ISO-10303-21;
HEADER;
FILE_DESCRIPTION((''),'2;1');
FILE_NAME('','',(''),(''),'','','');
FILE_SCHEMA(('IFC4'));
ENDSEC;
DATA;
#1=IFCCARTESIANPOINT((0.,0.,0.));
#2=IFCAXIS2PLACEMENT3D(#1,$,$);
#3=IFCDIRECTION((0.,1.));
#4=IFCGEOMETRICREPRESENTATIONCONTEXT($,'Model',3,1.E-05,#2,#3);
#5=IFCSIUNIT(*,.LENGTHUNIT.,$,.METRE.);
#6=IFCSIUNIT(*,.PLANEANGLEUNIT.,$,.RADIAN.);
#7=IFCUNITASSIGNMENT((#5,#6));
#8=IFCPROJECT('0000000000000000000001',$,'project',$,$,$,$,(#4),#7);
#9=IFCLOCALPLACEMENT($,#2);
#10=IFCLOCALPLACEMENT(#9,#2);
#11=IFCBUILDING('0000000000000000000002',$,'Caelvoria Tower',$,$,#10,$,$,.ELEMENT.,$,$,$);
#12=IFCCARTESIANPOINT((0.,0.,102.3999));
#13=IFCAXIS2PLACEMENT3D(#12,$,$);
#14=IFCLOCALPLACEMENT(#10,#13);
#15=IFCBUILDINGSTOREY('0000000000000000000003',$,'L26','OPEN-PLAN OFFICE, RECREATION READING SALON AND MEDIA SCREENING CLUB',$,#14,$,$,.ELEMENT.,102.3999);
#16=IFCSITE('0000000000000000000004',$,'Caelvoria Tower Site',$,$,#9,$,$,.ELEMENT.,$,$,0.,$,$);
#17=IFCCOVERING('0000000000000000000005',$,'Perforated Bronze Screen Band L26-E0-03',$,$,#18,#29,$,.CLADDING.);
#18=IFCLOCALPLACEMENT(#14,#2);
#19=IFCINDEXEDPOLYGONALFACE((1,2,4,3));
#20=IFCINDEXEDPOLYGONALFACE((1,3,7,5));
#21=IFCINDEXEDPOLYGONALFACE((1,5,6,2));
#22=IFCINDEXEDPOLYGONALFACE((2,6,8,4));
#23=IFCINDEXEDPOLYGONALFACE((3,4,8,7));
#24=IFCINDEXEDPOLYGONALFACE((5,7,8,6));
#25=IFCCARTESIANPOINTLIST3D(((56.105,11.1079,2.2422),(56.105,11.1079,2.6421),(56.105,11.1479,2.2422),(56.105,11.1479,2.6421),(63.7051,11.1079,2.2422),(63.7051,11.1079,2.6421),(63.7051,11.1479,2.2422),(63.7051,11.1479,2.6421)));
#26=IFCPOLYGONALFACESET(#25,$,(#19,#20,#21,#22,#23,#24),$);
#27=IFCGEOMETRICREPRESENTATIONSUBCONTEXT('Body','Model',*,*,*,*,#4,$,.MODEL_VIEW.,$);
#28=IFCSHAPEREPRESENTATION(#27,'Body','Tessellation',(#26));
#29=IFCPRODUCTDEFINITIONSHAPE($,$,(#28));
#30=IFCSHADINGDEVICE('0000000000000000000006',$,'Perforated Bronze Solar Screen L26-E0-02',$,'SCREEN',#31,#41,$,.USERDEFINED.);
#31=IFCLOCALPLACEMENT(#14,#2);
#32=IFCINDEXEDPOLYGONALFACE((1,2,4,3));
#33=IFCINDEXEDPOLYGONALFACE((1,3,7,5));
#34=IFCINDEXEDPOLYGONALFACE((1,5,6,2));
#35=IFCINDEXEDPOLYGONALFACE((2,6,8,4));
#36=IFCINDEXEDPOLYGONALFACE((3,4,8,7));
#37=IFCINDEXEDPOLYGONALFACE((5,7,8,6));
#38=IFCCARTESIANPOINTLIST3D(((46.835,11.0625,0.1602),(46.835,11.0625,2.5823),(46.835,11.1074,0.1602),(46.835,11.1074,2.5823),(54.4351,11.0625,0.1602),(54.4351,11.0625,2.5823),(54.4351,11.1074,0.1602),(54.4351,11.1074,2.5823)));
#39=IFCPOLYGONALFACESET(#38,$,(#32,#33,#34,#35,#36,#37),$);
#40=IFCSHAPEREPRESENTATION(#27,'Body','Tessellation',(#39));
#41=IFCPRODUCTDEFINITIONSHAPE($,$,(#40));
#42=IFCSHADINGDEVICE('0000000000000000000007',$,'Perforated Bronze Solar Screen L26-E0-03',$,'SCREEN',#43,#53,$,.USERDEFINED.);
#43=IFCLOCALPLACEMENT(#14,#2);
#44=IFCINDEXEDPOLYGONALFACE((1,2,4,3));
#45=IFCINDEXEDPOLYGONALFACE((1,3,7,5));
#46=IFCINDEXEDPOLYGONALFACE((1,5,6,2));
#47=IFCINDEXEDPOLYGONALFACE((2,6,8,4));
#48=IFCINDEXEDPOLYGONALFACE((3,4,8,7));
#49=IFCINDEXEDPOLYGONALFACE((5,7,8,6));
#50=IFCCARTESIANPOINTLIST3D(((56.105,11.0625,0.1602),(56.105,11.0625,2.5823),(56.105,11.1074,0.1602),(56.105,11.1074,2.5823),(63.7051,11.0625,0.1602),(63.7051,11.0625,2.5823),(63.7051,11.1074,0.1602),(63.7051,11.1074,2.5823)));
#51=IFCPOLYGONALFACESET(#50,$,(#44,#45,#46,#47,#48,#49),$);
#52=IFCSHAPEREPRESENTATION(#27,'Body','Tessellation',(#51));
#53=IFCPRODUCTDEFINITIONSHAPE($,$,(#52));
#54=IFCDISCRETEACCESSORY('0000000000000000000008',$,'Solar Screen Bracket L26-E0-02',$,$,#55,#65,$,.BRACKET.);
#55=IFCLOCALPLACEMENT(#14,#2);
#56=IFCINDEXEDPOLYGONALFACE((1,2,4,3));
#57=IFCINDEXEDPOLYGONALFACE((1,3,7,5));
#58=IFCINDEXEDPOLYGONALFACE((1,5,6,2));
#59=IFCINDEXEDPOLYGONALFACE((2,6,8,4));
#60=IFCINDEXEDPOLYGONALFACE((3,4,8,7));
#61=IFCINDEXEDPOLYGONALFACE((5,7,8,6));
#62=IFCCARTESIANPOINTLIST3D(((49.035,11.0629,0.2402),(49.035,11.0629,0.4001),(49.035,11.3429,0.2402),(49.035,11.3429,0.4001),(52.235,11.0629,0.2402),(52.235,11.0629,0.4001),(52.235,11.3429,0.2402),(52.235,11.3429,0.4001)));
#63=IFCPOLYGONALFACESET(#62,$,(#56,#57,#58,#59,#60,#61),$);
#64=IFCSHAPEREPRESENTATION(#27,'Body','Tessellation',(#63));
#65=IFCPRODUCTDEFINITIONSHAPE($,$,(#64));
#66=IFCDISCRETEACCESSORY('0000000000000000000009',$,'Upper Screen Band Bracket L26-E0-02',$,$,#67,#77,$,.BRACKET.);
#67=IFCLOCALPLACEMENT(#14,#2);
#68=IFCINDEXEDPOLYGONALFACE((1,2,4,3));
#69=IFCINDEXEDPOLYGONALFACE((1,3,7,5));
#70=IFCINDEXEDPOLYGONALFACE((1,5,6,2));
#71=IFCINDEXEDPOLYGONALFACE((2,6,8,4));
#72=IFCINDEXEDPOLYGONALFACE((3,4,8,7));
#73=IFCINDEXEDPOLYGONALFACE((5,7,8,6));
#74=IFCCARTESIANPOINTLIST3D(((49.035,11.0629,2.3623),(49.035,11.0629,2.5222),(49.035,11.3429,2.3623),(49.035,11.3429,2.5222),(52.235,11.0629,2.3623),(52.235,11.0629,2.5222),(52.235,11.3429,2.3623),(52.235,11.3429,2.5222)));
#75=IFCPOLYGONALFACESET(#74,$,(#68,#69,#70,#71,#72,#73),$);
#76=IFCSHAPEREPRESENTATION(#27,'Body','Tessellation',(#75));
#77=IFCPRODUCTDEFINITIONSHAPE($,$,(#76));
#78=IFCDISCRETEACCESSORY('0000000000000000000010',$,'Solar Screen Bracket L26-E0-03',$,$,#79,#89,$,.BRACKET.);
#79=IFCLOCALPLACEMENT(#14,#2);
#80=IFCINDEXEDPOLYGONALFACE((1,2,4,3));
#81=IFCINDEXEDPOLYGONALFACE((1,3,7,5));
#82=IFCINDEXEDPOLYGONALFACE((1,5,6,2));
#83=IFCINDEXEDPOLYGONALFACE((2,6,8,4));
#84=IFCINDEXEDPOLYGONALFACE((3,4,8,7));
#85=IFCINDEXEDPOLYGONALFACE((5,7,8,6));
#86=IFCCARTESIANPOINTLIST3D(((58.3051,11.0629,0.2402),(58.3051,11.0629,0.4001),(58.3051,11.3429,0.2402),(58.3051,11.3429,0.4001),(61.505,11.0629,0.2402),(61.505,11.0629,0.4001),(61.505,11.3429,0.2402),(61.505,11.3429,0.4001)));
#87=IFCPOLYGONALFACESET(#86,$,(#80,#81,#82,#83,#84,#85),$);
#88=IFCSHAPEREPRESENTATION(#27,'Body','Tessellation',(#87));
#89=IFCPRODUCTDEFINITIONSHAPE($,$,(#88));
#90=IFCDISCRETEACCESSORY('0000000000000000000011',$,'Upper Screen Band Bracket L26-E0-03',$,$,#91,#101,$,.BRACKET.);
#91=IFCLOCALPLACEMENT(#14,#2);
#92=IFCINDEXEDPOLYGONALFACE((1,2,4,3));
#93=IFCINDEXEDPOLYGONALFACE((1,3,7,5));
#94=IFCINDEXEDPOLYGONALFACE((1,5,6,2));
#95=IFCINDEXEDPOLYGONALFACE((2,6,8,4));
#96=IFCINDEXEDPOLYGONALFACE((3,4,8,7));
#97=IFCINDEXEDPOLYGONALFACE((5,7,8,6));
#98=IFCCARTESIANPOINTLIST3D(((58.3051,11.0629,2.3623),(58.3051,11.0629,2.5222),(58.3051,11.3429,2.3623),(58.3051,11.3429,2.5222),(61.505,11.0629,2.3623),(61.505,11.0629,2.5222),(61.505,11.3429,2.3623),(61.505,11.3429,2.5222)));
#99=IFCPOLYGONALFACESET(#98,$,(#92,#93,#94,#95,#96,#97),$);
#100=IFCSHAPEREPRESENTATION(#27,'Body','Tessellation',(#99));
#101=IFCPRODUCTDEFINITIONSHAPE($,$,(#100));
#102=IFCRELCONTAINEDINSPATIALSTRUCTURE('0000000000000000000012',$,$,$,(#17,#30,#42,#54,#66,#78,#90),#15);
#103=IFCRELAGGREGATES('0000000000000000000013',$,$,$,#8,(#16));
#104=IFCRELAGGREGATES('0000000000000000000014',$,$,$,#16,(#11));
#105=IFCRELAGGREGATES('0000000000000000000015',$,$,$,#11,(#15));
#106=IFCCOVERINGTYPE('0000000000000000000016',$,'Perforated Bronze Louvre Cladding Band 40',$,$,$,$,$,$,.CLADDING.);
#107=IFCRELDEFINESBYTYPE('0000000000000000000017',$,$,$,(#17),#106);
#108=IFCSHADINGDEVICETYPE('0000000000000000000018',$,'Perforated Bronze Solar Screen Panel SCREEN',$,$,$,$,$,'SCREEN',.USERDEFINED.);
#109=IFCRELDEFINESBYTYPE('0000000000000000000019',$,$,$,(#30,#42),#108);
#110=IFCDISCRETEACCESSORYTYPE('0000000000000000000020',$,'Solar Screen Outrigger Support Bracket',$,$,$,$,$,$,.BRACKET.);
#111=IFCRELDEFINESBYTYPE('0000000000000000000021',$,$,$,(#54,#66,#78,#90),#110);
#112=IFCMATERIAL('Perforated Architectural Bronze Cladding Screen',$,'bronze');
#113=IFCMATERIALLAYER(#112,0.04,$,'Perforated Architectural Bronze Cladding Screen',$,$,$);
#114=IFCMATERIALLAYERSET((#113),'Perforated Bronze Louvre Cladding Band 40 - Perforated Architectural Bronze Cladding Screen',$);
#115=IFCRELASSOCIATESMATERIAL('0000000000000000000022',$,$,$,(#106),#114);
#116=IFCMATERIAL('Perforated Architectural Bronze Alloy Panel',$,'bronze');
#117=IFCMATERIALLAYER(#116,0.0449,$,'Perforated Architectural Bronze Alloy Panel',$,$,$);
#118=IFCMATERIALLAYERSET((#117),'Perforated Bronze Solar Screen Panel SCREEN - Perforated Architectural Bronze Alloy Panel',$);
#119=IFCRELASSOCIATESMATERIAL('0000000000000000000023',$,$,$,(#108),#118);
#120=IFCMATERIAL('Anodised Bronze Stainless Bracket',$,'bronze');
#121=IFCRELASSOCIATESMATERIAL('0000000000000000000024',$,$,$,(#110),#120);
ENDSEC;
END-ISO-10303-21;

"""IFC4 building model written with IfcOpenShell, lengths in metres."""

from ifc_helpers import new_model, si_unit, direction, frame, origin, origin_2d, place, context, subcontext, project, spatial, rectangle, extrude, material, layer, layer_set, type_object, element, save


model = new_model("IFC4")

# Units and contexts
model_context = context("Model", 3, precision=1e-05, world=origin(), true_north=direction((0.0, 1.0)))
body_context = subcontext(model_context, "Body", "Model", "MODEL_VIEW")
ifc_project = project(units=[si_unit("LENGTHUNIT", "METRE"), si_unit("PLANEANGLEUNIT", "RADIAN")], contexts=[model_context])

# Site, building, storey
site_placement = place(None, origin())
site = spatial("IfcSite", under=ifc_project, at=site_placement, Name="Caelvoria Tower Site", CompositionType="ELEMENT", RefElevation=0.0)
building_placement = place(site_placement, origin())
building = spatial("IfcBuilding", under=site, at=building_placement, Name="Caelvoria Tower", CompositionType="ELEMENT")
storey_placement = place(building_placement, frame((0.0, 0.0, 102.3999)))
storey = spatial("IfcBuildingStorey", under=building, at=storey_placement, Name="L26", Description="OPEN-PLAN OFFICE, RECREATION READING SALON AND MEDIA SCREENING CLUB", CompositionType="ELEMENT", Elevation=102.3999)

# Covering
ifc_material_1 = material(Name="Perforated Architectural Bronze Cladding Screen", Category="bronze")
ifc_layer_1 = layer(ifc_material_1, 0.04, Name="Perforated Architectural Bronze Cladding Screen")
ifc_layer_set_1 = layer_set([ifc_layer_1], Name="Perforated Bronze Louvre Cladding Band 40 - Perforated Architectural Bronze Cladding Screen")
covering_type = type_object("IfcCoveringType", Name="Perforated Bronze Louvre Cladding Band 40", PredefinedType="CLADDING", material=ifc_layer_set_1)
for number, where, z_axis, x_axis, name in (
    (1, (59.905, 11.1279, 2.2422), (0.0, 0.0, 1.0), (1.0, 0.0, 0.0), "Perforated Bronze Screen Band L26-E0-03"),
):
    element("IfcCovering", number, at=place(storey_placement, frame(where, z_axis=z_axis, x_axis=x_axis)), inside=storey, type_object=covering_type, Name=name, PredefinedType="CLADDING", context=body_context, shape_type="SweptSolid", body=[
        extrude(rectangle(XDim=7.6001, YDim=0.04, at=origin_2d()), origin(), (0.0, 0.0, 1.0), 0.3999),
    ])

# Shading devices
ifc_material_2 = material(Name="Perforated Architectural Bronze Alloy Panel", Category="bronze")
ifc_layer_2 = layer(ifc_material_2, 0.0449, Name="Perforated Architectural Bronze Alloy Panel")
ifc_layer_set_2 = layer_set([ifc_layer_2], Name="Perforated Bronze Solar Screen Panel SCREEN - Perforated Architectural Bronze Alloy Panel")
shading_device_type = type_object("IfcShadingDeviceType", Name="Perforated Bronze Solar Screen Panel SCREEN", ElementType="SCREEN", PredefinedType="USERDEFINED", material=ifc_layer_set_2)
for number, where, z_axis, x_axis, name in (
    (2, (50.635, 11.085, 0.1602), (0.0, 0.0, 1.0), (1.0, 0.0, 0.0), "Perforated Bronze Solar Screen L26-E0-02"),
    (3, (59.905, 11.085, 0.1602), (0.0, 0.0, 1.0), (1.0, 0.0, 0.0), "Perforated Bronze Solar Screen L26-E0-03"),
):
    element("IfcShadingDevice", number, at=place(storey_placement, frame(where, z_axis=z_axis, x_axis=x_axis)), inside=storey, type_object=shading_device_type, Name=name, ObjectType="SCREEN", PredefinedType="USERDEFINED", context=body_context, shape_type="SweptSolid", body=[
        extrude(rectangle(XDim=7.6001, YDim=0.0449, at=origin_2d()), origin(), (0.0, 0.0, 1.0), 2.4221),
    ])

# Discrete accessories
ifc_material_3 = material(Name="Anodised Bronze Stainless Bracket", Category="bronze")
discrete_accessory_type = type_object("IfcDiscreteAccessoryType", Name="Solar Screen Outrigger Support Bracket", PredefinedType="BRACKET", material=ifc_material_3)
for number, where, z_axis, x_axis, name in (
    (4, (50.635, 11.2029, 0.2402), (0.0, 0.0, 1.0), (1.0, 0.0, 0.0), "Solar Screen Bracket L26-E0-02"),
    (5, (50.635, 11.2029, 2.3623), (0.0, 0.0, 1.0), (1.0, 0.0, 0.0), "Upper Screen Band Bracket L26-E0-02"),
    (6, (59.905, 11.2029, 0.2402), (0.0, 0.0, 1.0), (1.0, 0.0, 0.0), "Solar Screen Bracket L26-E0-03"),
    (7, (59.905, 11.2029, 2.3623), (0.0, 0.0, 1.0), (1.0, 0.0, 0.0), "Upper Screen Band Bracket L26-E0-03"),
):
    element("IfcDiscreteAccessory", number, at=place(storey_placement, frame(where, z_axis=z_axis, x_axis=x_axis)), inside=storey, type_object=discrete_accessory_type, Name=name, PredefinedType="BRACKET", context=body_context, shape_type="SweptSolid", body=[
        extrude(rectangle(XDim=3.2, YDim=0.28, at=origin_2d()), origin(), (0.0, 0.0, 1.0), 0.1599),
    ])

save(model, "model.ifc")
